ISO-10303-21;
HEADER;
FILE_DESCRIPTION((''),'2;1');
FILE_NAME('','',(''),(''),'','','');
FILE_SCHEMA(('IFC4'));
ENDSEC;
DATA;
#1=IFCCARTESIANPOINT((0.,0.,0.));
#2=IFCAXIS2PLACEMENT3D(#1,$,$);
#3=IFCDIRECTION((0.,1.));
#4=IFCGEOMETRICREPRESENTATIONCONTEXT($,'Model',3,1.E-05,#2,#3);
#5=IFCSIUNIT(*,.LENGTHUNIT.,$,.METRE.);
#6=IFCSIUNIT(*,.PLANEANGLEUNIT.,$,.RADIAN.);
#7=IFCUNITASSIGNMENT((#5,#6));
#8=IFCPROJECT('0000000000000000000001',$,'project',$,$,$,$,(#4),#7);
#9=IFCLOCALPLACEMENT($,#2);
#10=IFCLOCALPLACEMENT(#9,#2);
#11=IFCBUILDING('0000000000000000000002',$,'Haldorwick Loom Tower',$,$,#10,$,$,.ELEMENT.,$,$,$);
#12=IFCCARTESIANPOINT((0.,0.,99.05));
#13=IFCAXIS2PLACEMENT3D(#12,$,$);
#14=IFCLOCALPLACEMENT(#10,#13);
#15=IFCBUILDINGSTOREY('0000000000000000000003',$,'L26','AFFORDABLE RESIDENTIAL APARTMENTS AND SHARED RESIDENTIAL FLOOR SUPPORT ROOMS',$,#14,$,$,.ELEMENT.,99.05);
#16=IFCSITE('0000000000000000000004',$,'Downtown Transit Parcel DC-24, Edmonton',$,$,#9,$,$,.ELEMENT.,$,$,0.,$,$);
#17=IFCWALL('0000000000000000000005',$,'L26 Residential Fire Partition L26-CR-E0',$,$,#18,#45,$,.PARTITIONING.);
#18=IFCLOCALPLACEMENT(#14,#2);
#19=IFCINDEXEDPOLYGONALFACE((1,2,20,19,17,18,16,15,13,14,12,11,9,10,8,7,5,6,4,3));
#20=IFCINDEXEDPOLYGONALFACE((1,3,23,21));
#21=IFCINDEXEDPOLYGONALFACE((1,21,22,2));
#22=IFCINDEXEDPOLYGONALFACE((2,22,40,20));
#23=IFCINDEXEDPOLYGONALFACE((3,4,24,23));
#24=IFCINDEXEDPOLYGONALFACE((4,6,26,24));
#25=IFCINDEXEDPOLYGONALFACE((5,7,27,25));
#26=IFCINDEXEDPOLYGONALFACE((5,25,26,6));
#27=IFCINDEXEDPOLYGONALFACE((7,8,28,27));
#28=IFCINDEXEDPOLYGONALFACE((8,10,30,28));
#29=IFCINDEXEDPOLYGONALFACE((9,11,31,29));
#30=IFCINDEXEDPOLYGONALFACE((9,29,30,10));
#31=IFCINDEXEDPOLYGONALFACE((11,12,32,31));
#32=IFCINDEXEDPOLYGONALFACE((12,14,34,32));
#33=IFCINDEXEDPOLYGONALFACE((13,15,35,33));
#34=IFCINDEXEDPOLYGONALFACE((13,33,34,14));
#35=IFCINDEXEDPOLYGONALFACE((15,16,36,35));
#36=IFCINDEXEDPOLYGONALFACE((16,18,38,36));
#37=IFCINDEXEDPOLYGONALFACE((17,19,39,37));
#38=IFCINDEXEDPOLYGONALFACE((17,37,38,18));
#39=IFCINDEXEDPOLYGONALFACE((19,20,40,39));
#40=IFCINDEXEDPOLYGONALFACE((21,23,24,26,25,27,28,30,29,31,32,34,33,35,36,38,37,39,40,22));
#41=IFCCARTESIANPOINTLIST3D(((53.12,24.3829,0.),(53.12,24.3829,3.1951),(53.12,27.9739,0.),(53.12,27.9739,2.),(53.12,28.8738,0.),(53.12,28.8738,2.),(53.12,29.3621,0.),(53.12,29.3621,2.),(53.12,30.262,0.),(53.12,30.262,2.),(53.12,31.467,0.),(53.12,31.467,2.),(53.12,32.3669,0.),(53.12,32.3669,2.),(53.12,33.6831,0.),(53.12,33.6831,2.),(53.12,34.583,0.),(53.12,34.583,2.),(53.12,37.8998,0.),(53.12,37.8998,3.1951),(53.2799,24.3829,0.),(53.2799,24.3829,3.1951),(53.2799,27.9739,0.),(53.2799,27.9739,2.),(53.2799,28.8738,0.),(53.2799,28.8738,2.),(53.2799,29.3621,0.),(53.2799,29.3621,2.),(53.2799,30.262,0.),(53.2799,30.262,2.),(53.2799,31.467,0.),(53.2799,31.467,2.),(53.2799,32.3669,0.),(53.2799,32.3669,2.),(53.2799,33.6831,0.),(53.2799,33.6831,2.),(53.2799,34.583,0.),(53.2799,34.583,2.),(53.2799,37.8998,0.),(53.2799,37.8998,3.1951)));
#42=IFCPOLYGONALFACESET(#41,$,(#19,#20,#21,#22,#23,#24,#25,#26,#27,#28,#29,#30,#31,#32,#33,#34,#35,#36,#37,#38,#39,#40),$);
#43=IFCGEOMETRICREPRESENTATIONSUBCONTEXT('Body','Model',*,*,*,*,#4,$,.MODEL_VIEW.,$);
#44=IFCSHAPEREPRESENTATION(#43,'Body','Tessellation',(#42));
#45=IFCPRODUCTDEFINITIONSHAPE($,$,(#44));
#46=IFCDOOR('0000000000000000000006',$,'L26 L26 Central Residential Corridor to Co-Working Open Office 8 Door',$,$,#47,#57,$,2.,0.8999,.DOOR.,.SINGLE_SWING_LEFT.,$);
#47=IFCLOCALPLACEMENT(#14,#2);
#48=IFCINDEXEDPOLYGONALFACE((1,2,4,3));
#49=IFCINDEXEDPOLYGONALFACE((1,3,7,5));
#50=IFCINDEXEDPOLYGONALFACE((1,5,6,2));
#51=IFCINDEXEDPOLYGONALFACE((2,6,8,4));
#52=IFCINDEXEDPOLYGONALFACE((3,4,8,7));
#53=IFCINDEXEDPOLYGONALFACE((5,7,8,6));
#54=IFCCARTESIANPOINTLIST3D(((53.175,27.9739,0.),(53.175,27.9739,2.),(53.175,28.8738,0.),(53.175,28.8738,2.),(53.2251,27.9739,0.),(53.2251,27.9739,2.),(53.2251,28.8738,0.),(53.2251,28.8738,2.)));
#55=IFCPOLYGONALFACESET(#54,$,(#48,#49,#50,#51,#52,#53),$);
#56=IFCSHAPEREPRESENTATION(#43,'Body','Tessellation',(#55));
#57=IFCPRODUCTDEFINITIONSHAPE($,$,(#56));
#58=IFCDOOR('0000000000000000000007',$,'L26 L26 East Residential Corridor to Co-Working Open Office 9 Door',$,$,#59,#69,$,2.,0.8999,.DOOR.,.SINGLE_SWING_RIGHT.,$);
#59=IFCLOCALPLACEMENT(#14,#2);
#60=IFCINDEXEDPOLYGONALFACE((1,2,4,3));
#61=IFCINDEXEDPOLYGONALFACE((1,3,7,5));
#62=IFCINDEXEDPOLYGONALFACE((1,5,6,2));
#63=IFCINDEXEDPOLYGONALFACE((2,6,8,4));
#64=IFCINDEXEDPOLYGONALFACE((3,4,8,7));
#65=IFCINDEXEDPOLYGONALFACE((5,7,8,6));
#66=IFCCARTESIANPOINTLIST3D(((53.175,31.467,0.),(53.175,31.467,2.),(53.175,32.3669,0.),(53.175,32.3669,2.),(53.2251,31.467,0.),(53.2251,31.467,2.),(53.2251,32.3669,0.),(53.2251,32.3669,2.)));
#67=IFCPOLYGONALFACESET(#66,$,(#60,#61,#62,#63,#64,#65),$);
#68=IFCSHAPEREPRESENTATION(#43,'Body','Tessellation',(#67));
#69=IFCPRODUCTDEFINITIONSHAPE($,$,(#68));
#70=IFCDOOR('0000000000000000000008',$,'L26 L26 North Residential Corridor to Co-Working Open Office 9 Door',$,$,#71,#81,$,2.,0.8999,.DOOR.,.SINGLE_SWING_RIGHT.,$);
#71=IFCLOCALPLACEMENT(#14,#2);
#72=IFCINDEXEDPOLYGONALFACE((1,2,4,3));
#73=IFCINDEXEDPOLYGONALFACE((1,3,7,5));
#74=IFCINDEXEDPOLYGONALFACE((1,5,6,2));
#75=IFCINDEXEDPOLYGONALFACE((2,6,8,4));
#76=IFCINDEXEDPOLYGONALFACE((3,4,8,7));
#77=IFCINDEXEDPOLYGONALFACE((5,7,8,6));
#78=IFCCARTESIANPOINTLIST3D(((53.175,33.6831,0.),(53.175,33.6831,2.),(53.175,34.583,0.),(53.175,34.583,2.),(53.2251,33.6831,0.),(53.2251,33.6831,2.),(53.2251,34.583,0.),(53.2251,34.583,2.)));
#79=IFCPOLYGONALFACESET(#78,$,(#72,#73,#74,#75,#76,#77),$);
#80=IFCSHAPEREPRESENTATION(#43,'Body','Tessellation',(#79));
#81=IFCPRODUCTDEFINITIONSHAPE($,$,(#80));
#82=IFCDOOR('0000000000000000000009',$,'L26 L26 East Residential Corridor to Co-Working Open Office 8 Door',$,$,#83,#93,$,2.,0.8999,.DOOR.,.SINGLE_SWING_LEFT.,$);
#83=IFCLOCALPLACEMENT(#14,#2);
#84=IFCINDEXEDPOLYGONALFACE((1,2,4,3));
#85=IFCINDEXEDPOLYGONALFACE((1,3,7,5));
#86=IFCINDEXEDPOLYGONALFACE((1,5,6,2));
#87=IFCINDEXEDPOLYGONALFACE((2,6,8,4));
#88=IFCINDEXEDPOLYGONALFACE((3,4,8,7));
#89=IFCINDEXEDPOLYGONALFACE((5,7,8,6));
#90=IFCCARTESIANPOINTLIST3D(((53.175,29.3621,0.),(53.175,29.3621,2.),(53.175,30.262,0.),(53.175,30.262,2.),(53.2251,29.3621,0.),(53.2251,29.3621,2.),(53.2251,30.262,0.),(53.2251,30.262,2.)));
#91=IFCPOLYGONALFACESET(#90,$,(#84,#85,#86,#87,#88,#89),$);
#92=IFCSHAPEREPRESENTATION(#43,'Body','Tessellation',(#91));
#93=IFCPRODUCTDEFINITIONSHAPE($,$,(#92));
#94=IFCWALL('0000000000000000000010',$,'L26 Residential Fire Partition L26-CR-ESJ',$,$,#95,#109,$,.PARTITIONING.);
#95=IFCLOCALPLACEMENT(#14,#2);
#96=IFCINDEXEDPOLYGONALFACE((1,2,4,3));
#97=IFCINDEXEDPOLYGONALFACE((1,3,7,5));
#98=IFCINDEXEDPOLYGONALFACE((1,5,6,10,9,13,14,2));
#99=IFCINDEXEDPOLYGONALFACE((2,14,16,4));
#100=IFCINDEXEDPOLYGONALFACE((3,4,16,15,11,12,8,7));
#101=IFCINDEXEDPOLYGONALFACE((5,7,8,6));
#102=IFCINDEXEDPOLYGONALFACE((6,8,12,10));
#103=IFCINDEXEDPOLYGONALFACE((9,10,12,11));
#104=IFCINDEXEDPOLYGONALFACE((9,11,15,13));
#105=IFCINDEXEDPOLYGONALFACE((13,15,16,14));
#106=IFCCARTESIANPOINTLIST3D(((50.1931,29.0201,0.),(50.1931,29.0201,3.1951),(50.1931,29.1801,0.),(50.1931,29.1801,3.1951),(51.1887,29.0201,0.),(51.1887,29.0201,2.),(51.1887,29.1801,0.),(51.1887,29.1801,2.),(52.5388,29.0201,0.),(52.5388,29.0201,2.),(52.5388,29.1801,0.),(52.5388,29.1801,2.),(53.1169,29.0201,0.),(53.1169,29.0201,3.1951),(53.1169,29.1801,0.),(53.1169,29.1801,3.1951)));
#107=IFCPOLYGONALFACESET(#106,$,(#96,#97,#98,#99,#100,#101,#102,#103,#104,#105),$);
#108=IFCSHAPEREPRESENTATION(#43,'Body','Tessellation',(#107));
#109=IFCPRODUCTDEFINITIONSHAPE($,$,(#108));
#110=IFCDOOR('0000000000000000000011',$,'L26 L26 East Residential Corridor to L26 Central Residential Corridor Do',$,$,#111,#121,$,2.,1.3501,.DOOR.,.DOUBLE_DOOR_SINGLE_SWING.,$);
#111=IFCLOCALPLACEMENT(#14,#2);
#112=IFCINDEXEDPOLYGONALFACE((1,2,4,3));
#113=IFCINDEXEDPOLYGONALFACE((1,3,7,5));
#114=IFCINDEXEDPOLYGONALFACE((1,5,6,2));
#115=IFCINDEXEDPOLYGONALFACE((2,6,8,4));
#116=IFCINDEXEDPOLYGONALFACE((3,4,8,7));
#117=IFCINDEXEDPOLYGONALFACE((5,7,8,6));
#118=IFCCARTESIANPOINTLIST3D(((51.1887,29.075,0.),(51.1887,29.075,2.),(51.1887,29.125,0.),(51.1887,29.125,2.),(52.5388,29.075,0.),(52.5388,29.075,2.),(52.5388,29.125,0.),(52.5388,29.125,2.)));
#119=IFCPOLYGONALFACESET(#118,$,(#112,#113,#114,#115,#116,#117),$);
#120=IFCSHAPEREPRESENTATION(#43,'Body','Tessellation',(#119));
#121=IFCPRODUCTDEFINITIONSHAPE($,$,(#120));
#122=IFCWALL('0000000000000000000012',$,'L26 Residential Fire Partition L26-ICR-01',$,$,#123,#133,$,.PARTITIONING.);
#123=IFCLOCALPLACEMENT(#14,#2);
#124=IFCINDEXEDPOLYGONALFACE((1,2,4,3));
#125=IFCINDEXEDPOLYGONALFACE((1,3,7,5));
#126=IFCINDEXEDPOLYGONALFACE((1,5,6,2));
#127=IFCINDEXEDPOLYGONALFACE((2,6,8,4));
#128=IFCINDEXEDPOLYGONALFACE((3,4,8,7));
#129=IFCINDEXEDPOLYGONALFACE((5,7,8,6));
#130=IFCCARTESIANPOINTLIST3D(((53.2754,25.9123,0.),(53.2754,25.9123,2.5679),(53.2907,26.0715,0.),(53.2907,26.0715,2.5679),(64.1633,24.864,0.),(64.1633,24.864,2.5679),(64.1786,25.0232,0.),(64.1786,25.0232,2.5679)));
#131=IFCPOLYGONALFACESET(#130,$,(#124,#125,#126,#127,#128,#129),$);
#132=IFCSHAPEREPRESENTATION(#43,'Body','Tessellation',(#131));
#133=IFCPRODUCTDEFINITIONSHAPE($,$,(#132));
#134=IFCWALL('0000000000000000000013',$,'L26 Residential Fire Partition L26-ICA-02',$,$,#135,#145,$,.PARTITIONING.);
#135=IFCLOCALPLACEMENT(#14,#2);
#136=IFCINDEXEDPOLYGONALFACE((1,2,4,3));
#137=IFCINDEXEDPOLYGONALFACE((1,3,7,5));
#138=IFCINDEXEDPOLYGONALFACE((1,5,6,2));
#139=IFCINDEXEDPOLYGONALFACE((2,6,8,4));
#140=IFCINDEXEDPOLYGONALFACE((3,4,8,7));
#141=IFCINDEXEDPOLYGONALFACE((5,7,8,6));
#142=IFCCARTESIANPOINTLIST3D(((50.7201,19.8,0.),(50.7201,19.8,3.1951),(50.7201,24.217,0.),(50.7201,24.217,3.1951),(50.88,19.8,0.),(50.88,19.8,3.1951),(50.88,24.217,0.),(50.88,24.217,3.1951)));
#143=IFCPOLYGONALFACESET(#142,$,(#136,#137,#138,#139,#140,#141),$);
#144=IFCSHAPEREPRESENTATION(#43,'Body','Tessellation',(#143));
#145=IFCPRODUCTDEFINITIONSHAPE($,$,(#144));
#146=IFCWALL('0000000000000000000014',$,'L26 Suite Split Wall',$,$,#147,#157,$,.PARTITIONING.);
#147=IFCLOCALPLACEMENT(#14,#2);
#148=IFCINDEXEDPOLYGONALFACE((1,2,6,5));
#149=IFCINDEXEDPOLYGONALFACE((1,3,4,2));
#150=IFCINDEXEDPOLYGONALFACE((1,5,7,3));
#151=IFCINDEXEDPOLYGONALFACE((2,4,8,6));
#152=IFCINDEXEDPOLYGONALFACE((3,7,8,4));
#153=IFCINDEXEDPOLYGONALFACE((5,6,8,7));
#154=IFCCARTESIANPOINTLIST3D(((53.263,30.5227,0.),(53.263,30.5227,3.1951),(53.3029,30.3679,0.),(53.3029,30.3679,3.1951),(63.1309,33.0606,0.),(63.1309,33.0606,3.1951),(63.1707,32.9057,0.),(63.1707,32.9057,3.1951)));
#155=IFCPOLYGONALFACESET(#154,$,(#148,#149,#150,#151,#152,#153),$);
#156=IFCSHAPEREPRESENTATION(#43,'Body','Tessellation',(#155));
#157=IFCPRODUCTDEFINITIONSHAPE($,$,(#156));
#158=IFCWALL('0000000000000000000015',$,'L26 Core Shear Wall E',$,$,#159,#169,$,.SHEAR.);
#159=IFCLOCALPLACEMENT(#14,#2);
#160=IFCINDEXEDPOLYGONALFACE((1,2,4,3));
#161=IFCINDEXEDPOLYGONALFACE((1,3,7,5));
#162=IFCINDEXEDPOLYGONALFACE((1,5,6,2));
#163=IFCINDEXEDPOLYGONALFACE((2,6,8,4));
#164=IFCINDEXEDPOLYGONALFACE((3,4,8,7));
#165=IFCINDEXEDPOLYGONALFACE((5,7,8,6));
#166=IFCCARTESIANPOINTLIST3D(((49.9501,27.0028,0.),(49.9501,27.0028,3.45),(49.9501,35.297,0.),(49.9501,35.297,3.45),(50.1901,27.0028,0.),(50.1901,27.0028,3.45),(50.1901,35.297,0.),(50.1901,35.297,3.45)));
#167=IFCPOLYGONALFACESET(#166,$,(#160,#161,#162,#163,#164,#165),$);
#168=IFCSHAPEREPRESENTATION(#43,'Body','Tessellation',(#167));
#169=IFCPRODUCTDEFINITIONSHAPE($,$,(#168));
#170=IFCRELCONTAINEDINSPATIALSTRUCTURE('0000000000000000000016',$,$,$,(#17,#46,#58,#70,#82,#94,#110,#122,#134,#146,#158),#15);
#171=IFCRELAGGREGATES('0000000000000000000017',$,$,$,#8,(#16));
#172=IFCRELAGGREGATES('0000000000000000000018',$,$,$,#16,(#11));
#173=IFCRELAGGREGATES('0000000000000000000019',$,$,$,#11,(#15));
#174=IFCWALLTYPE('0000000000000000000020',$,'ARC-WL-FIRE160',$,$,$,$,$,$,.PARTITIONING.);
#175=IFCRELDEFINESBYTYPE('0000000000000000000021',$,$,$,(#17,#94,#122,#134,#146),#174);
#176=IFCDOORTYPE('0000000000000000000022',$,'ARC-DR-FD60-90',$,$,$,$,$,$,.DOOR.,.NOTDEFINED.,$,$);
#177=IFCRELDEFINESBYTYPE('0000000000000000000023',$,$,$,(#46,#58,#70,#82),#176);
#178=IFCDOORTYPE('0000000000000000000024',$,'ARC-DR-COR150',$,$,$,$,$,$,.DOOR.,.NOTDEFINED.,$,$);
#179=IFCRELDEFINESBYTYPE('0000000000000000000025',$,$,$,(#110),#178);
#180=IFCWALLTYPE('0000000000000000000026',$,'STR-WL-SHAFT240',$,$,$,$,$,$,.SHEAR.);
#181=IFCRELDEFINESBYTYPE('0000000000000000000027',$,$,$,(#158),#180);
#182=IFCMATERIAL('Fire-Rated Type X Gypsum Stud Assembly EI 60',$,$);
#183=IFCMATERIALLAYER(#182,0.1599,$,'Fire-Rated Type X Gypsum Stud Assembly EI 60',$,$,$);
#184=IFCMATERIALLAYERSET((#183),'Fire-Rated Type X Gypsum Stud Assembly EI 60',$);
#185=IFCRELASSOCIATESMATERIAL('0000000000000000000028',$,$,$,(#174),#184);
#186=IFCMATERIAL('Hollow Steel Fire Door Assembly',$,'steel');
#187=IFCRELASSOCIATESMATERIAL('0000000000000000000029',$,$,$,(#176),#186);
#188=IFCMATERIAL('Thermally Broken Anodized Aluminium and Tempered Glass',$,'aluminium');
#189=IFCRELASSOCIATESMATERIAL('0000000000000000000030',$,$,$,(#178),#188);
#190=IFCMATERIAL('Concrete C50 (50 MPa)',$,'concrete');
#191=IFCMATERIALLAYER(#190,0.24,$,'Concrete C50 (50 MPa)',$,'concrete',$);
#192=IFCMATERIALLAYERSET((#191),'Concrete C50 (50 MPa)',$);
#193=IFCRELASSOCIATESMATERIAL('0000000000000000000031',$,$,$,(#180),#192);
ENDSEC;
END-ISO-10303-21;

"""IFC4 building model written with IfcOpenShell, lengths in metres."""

from ifc_helpers import new_model, si_unit, direction, frame, frame_2d, origin, place, context, subcontext, project, spatial, rectangle, extrude, material, layer, layer_set, type_object, element, fill, save


model = new_model("IFC4")

# Units and contexts
model_context = context("Model", 3, precision=1e-05, world=origin(), true_north=direction((0.0, 1.0)))
body_context = subcontext(model_context, "Body", "Model", "MODEL_VIEW")
ifc_project = project(units=[si_unit("LENGTHUNIT", "METRE"), si_unit("PLANEANGLEUNIT", "RADIAN")], contexts=[model_context])

# Site, building, storey
site_placement = place(None, origin())
site = spatial("IfcSite", under=ifc_project, at=site_placement, Name="Downtown Transit Parcel DC-24, Edmonton", CompositionType="ELEMENT", RefElevation=0.0)
building_placement = place(site_placement, origin())
building = spatial("IfcBuilding", under=site, at=building_placement, Name="Haldorwick Loom Tower", CompositionType="ELEMENT")
storey_placement = place(building_placement, frame((0.0, 0.0, 99.05)))
storey = spatial("IfcBuildingStorey", under=building, at=storey_placement, Name="L26", Description="AFFORDABLE RESIDENTIAL APARTMENTS AND SHARED RESIDENTIAL FLOOR SUPPORT ROOMS", CompositionType="ELEMENT", Elevation=99.05)

# Wall, openings, doors
ifc_material_1 = material(Name="Fire-Rated Type X Gypsum Stud Assembly EI 60")
ifc_layer_1 = layer(ifc_material_1, 0.1599, Name="Fire-Rated Type X Gypsum Stud Assembly EI 60")
ifc_layer_set_1 = layer_set([ifc_layer_1], Name="Fire-Rated Type X Gypsum Stud Assembly EI 60")
wall_type_1 = type_object("IfcWallType", Name="ARC-WL-FIRE160", PredefinedType="PARTITIONING", material=ifc_layer_set_1)
wall_1_placement = place(storey_placement, frame((53.2, 24.3831, 0.0), z_axis=(0.0, 0.0, 1.0), x_axis=(0.0, 1.0, 0.0)))
wall_1 = element("IfcWall", 1, at=wall_1_placement, inside=storey, type_object=wall_type_1, Name="L26 Residential Fire Partition L26-CR-E0", PredefinedType="PARTITIONING", context=body_context, shape_type="SweptSolid", body=[
    extrude(rectangle(XDim=13.5168, YDim=0.1599, at=frame_2d((6.7583, 0.0))), origin(), (0.0, 0.0, 1.0), 3.1951),
])
opening_1_placement = place(wall_1_placement, frame((3.5908, 0.0, 0.0)))
opening_1 = element("IfcOpeningElement", 2, at=opening_1_placement, cuts=wall_1, PredefinedType="OPENING", context=body_context, shape_type="SweptSolid", body=[
    extrude(rectangle(XDim=0.8999, YDim=2.0, at=frame_2d((0.45, 1.0))), frame((0.0, 0.0898, 0.0), z_axis=(0.0, -1.0, 0.0), x_axis=(1.0, 0.0, 0.0)), (0.0, 0.0, 1.0), 0.1799),
])
opening_2_placement = place(wall_1_placement, frame((7.084, 0.0, 0.0)))
opening_2 = element("IfcOpeningElement", 3, at=opening_2_placement, cuts=wall_1, PredefinedType="OPENING", context=body_context, shape_type="SweptSolid", body=[
    extrude(rectangle(XDim=0.8999, YDim=2.0, at=frame_2d((0.45, 1.0))), frame((0.0, 0.0898, 0.0), z_axis=(0.0, -1.0, 0.0), x_axis=(1.0, 0.0, 0.0)), (0.0, 0.0, 1.0), 0.1799),
])
opening_3_placement = place(wall_1_placement, frame((9.3, 0.0, 0.0)))
opening_3 = element("IfcOpeningElement", 4, at=opening_3_placement, cuts=wall_1, PredefinedType="OPENING", context=body_context, shape_type="SweptSolid", body=[
    extrude(rectangle(XDim=0.8999, YDim=2.0, at=frame_2d((0.45, 1.0))), frame((0.0, 0.0898, 0.0), z_axis=(0.0, -1.0, 0.0), x_axis=(1.0, 0.0, 0.0)), (0.0, 0.0, 1.0), 0.1799),
])
opening_4_placement = place(wall_1_placement, frame((4.979, 0.0, 0.0)))
opening_4 = element("IfcOpeningElement", 5, at=opening_4_placement, cuts=wall_1, PredefinedType="OPENING", context=body_context, shape_type="SweptSolid", body=[
    extrude(rectangle(XDim=0.8999, YDim=2.0, at=frame_2d((0.45, 1.0))), frame((0.0, 0.0898, 0.0), z_axis=(0.0, -1.0, 0.0), x_axis=(1.0, 0.0, 0.0)), (0.0, 0.0, 1.0), 0.1799),
])
ifc_material_2 = material(Name="Hollow Steel Fire Door Assembly", Category="steel")
door_type_1 = type_object("IfcDoorType", Name="ARC-DR-FD60-90", OperationType="NOTDEFINED", PredefinedType="DOOR", material=ifc_material_2)
door_1_placement = place(opening_1_placement, origin())
door_1 = element("IfcDoor", 6, at=door_1_placement, inside=storey, type_object=door_type_1, Name="L26 L26 Central Residential Corridor to Co-Working Open Office 8 Door", OperationType="SINGLE_SWING_LEFT", OverallHeight=2.0, OverallWidth=0.8999, PredefinedType="DOOR", context=body_context, shape_type="SweptSolid", body=[
    extrude(rectangle(XDim=0.8999, YDim=2.0, at=frame_2d((0.45, 1.0))), frame((0.0, 0.0249, 0.0), z_axis=(0.0, -1.0, 0.0), x_axis=(1.0, 0.0, 0.0)), (0.0, 0.0, 1.0), 0.05),
])
fill(opening_1, door_1)
door_2_placement = place(opening_2_placement, origin())
door_2 = element("IfcDoor", 7, at=door_2_placement, inside=storey, type_object=door_type_1, Name="L26 L26 East Residential Corridor to Co-Working Open Office 9 Door", OperationType="SINGLE_SWING_RIGHT", OverallHeight=2.0, OverallWidth=0.8999, PredefinedType="DOOR", context=body_context, shape_type="SweptSolid", body=[
    extrude(rectangle(XDim=0.8999, YDim=2.0, at=frame_2d((0.45, 1.0))), frame((0.0, 0.0249, 0.0), z_axis=(0.0, -1.0, 0.0), x_axis=(1.0, 0.0, 0.0)), (0.0, 0.0, 1.0), 0.05),
])
fill(opening_2, door_2)
door_3_placement = place(opening_3_placement, origin())
door_3 = element("IfcDoor", 8, at=door_3_placement, inside=storey, type_object=door_type_1, Name="L26 L26 North Residential Corridor to Co-Working Open Office 9 Door", OperationType="SINGLE_SWING_RIGHT", OverallHeight=2.0, OverallWidth=0.8999, PredefinedType="DOOR", context=body_context, shape_type="SweptSolid", body=[
    extrude(rectangle(XDim=0.8999, YDim=2.0, at=frame_2d((0.45, 1.0))), frame((0.0, 0.0249, 0.0), z_axis=(0.0, -1.0, 0.0), x_axis=(1.0, 0.0, 0.0)), (0.0, 0.0, 1.0), 0.05),
])
fill(opening_3, door_3)
door_4_placement = place(opening_4_placement, origin())
door_4 = element("IfcDoor", 9, at=door_4_placement, inside=storey, type_object=door_type_1, Name="L26 L26 East Residential Corridor to Co-Working Open Office 8 Door", OperationType="SINGLE_SWING_LEFT", OverallHeight=2.0, OverallWidth=0.8999, PredefinedType="DOOR", context=body_context, shape_type="SweptSolid", body=[
    extrude(rectangle(XDim=0.8999, YDim=2.0, at=frame_2d((0.45, 1.0))), frame((0.0, 0.0249, 0.0), z_axis=(0.0, -1.0, 0.0), x_axis=(1.0, 0.0, 0.0)), (0.0, 0.0, 1.0), 0.05),
])
fill(opening_4, door_4)

# Wall, opening, door
wall_2_placement = place(storey_placement, frame((50.1931, 29.1001, 0.0), z_axis=(0.0, 0.0, 1.0), x_axis=(1.0, 0.0, 0.0)))
wall_2 = element("IfcWall", 10, at=wall_2_placement, inside=storey, type_object=wall_type_1, Name="L26 Residential Fire Partition L26-CR-ESJ", PredefinedType="PARTITIONING", context=body_context, shape_type="SweptSolid", body=[
    extrude(rectangle(XDim=2.9238, YDim=0.1599, at=frame_2d((1.4619, 0.0))), origin(), (0.0, 0.0, 1.0), 3.1951),
])
opening_5_placement = place(wall_2_placement, frame((0.9956, 0.0, 0.0)))
opening_5 = element("IfcOpeningElement", 11, at=opening_5_placement, cuts=wall_2, PredefinedType="OPENING", context=body_context, shape_type="SweptSolid", body=[
    extrude(rectangle(XDim=1.3501, YDim=2.0, at=frame_2d((0.675, 1.0))), frame((0.0, 0.0898, 0.0), z_axis=(0.0, -1.0, 0.0), x_axis=(1.0, 0.0, 0.0)), (0.0, 0.0, 1.0), 0.1799),
])
ifc_material_3 = material(Name="Thermally Broken Anodized Aluminium and Tempered Glass", Category="aluminium")
door_type_2 = type_object("IfcDoorType", Name="ARC-DR-COR150", OperationType="NOTDEFINED", PredefinedType="DOOR", material=ifc_material_3)
door_5_placement = place(opening_5_placement, origin())
door_5 = element("IfcDoor", 12, at=door_5_placement, inside=storey, type_object=door_type_2, Name="L26 L26 East Residential Corridor to L26 Central Residential Corridor Do", OperationType="DOUBLE_DOOR_SINGLE_SWING", OverallHeight=2.0, OverallWidth=1.3501, PredefinedType="DOOR", context=body_context, shape_type="SweptSolid", body=[
    extrude(rectangle(XDim=1.3501, YDim=2.0, at=frame_2d((0.675, 1.0))), frame((0.0, 0.0249, 0.0), z_axis=(0.0, -1.0, 0.0), x_axis=(1.0, 0.0, 0.0)), (0.0, 0.0, 1.0), 0.05),
])
fill(opening_5, door_5)

# Walls
wall_3_placement = place(storey_placement, frame((53.283, 25.9919, 0.0), z_axis=(0.0, 0.0, 1.0), x_axis=(0.995397, -0.095841, 0.0)))
element("IfcWall", 13, at=wall_3_placement, inside=storey, type_object=wall_type_1, Name="L26 Residential Fire Partition L26-ICR-01", PredefinedType="PARTITIONING", context=body_context, shape_type="SweptSolid", body=[
    extrude(rectangle(XDim=10.9382, YDim=0.1599, at=frame_2d((5.4692, 0.0))), origin(), (0.0, 0.0, 1.0), 2.5679),
])
wall_4_placement = place(storey_placement, frame((50.8, 24.217, 0.0), z_axis=(0.0, 0.0, 1.0), x_axis=(0.0, -1.0, 0.0)))
element("IfcWall", 14, at=wall_4_placement, inside=storey, type_object=wall_type_1, Name="L26 Residential Fire Partition L26-ICA-02", PredefinedType="PARTITIONING", context=body_context, shape_type="SweptSolid", body=[
    extrude(rectangle(XDim=4.417, YDim=0.1599, at=frame_2d((2.2085, 0.0))), origin(), (0.0, 0.0, 1.0), 3.1951),
])
wall_5_placement = place(storey_placement, frame((53.283, 30.4453, 0.0), z_axis=(0.0, 0.0, 1.0), x_axis=(0.968484, 0.249076, 0.0)))
element("IfcWall", 15, at=wall_5_placement, inside=storey, type_object=wall_type_1, Name="L26 Suite Split Wall", PredefinedType="PARTITIONING", context=body_context, shape_type="SweptSolid", body=[
    extrude(rectangle(XDim=10.189, YDim=0.1599, at=frame_2d((5.0945, 0.0))), origin(), (0.0, 0.0, 1.0), 3.1951),
])
ifc_material_4 = material(Name="Concrete C50 (50 MPa)", Category="concrete")
ifc_layer_2 = layer(ifc_material_4, 0.24, Name="Concrete C50 (50 MPa)", Category="concrete")
ifc_layer_set_2 = layer_set([ifc_layer_2], Name="Concrete C50 (50 MPa)")
wall_type_2 = type_object("IfcWallType", Name="STR-WL-SHAFT240", PredefinedType="SHEAR", material=ifc_layer_set_2)
wall_6_placement = place(storey_placement, frame((50.0701, 27.0029, 0.0), z_axis=(0.0, 0.0, 1.0), x_axis=(0.0, 1.0, 0.0)))
element("IfcWall", 16, at=wall_6_placement, inside=storey, type_object=wall_type_2, Name="L26 Core Shear Wall E", PredefinedType="SHEAR", context=body_context, shape_type="SweptSolid", body=[
    extrude(rectangle(XDim=8.2942, YDim=0.24, at=frame_2d((4.147, 0.0))), origin(), (0.0, 0.0, 1.0), 3.45),
])

save(model, "model.ifc")
